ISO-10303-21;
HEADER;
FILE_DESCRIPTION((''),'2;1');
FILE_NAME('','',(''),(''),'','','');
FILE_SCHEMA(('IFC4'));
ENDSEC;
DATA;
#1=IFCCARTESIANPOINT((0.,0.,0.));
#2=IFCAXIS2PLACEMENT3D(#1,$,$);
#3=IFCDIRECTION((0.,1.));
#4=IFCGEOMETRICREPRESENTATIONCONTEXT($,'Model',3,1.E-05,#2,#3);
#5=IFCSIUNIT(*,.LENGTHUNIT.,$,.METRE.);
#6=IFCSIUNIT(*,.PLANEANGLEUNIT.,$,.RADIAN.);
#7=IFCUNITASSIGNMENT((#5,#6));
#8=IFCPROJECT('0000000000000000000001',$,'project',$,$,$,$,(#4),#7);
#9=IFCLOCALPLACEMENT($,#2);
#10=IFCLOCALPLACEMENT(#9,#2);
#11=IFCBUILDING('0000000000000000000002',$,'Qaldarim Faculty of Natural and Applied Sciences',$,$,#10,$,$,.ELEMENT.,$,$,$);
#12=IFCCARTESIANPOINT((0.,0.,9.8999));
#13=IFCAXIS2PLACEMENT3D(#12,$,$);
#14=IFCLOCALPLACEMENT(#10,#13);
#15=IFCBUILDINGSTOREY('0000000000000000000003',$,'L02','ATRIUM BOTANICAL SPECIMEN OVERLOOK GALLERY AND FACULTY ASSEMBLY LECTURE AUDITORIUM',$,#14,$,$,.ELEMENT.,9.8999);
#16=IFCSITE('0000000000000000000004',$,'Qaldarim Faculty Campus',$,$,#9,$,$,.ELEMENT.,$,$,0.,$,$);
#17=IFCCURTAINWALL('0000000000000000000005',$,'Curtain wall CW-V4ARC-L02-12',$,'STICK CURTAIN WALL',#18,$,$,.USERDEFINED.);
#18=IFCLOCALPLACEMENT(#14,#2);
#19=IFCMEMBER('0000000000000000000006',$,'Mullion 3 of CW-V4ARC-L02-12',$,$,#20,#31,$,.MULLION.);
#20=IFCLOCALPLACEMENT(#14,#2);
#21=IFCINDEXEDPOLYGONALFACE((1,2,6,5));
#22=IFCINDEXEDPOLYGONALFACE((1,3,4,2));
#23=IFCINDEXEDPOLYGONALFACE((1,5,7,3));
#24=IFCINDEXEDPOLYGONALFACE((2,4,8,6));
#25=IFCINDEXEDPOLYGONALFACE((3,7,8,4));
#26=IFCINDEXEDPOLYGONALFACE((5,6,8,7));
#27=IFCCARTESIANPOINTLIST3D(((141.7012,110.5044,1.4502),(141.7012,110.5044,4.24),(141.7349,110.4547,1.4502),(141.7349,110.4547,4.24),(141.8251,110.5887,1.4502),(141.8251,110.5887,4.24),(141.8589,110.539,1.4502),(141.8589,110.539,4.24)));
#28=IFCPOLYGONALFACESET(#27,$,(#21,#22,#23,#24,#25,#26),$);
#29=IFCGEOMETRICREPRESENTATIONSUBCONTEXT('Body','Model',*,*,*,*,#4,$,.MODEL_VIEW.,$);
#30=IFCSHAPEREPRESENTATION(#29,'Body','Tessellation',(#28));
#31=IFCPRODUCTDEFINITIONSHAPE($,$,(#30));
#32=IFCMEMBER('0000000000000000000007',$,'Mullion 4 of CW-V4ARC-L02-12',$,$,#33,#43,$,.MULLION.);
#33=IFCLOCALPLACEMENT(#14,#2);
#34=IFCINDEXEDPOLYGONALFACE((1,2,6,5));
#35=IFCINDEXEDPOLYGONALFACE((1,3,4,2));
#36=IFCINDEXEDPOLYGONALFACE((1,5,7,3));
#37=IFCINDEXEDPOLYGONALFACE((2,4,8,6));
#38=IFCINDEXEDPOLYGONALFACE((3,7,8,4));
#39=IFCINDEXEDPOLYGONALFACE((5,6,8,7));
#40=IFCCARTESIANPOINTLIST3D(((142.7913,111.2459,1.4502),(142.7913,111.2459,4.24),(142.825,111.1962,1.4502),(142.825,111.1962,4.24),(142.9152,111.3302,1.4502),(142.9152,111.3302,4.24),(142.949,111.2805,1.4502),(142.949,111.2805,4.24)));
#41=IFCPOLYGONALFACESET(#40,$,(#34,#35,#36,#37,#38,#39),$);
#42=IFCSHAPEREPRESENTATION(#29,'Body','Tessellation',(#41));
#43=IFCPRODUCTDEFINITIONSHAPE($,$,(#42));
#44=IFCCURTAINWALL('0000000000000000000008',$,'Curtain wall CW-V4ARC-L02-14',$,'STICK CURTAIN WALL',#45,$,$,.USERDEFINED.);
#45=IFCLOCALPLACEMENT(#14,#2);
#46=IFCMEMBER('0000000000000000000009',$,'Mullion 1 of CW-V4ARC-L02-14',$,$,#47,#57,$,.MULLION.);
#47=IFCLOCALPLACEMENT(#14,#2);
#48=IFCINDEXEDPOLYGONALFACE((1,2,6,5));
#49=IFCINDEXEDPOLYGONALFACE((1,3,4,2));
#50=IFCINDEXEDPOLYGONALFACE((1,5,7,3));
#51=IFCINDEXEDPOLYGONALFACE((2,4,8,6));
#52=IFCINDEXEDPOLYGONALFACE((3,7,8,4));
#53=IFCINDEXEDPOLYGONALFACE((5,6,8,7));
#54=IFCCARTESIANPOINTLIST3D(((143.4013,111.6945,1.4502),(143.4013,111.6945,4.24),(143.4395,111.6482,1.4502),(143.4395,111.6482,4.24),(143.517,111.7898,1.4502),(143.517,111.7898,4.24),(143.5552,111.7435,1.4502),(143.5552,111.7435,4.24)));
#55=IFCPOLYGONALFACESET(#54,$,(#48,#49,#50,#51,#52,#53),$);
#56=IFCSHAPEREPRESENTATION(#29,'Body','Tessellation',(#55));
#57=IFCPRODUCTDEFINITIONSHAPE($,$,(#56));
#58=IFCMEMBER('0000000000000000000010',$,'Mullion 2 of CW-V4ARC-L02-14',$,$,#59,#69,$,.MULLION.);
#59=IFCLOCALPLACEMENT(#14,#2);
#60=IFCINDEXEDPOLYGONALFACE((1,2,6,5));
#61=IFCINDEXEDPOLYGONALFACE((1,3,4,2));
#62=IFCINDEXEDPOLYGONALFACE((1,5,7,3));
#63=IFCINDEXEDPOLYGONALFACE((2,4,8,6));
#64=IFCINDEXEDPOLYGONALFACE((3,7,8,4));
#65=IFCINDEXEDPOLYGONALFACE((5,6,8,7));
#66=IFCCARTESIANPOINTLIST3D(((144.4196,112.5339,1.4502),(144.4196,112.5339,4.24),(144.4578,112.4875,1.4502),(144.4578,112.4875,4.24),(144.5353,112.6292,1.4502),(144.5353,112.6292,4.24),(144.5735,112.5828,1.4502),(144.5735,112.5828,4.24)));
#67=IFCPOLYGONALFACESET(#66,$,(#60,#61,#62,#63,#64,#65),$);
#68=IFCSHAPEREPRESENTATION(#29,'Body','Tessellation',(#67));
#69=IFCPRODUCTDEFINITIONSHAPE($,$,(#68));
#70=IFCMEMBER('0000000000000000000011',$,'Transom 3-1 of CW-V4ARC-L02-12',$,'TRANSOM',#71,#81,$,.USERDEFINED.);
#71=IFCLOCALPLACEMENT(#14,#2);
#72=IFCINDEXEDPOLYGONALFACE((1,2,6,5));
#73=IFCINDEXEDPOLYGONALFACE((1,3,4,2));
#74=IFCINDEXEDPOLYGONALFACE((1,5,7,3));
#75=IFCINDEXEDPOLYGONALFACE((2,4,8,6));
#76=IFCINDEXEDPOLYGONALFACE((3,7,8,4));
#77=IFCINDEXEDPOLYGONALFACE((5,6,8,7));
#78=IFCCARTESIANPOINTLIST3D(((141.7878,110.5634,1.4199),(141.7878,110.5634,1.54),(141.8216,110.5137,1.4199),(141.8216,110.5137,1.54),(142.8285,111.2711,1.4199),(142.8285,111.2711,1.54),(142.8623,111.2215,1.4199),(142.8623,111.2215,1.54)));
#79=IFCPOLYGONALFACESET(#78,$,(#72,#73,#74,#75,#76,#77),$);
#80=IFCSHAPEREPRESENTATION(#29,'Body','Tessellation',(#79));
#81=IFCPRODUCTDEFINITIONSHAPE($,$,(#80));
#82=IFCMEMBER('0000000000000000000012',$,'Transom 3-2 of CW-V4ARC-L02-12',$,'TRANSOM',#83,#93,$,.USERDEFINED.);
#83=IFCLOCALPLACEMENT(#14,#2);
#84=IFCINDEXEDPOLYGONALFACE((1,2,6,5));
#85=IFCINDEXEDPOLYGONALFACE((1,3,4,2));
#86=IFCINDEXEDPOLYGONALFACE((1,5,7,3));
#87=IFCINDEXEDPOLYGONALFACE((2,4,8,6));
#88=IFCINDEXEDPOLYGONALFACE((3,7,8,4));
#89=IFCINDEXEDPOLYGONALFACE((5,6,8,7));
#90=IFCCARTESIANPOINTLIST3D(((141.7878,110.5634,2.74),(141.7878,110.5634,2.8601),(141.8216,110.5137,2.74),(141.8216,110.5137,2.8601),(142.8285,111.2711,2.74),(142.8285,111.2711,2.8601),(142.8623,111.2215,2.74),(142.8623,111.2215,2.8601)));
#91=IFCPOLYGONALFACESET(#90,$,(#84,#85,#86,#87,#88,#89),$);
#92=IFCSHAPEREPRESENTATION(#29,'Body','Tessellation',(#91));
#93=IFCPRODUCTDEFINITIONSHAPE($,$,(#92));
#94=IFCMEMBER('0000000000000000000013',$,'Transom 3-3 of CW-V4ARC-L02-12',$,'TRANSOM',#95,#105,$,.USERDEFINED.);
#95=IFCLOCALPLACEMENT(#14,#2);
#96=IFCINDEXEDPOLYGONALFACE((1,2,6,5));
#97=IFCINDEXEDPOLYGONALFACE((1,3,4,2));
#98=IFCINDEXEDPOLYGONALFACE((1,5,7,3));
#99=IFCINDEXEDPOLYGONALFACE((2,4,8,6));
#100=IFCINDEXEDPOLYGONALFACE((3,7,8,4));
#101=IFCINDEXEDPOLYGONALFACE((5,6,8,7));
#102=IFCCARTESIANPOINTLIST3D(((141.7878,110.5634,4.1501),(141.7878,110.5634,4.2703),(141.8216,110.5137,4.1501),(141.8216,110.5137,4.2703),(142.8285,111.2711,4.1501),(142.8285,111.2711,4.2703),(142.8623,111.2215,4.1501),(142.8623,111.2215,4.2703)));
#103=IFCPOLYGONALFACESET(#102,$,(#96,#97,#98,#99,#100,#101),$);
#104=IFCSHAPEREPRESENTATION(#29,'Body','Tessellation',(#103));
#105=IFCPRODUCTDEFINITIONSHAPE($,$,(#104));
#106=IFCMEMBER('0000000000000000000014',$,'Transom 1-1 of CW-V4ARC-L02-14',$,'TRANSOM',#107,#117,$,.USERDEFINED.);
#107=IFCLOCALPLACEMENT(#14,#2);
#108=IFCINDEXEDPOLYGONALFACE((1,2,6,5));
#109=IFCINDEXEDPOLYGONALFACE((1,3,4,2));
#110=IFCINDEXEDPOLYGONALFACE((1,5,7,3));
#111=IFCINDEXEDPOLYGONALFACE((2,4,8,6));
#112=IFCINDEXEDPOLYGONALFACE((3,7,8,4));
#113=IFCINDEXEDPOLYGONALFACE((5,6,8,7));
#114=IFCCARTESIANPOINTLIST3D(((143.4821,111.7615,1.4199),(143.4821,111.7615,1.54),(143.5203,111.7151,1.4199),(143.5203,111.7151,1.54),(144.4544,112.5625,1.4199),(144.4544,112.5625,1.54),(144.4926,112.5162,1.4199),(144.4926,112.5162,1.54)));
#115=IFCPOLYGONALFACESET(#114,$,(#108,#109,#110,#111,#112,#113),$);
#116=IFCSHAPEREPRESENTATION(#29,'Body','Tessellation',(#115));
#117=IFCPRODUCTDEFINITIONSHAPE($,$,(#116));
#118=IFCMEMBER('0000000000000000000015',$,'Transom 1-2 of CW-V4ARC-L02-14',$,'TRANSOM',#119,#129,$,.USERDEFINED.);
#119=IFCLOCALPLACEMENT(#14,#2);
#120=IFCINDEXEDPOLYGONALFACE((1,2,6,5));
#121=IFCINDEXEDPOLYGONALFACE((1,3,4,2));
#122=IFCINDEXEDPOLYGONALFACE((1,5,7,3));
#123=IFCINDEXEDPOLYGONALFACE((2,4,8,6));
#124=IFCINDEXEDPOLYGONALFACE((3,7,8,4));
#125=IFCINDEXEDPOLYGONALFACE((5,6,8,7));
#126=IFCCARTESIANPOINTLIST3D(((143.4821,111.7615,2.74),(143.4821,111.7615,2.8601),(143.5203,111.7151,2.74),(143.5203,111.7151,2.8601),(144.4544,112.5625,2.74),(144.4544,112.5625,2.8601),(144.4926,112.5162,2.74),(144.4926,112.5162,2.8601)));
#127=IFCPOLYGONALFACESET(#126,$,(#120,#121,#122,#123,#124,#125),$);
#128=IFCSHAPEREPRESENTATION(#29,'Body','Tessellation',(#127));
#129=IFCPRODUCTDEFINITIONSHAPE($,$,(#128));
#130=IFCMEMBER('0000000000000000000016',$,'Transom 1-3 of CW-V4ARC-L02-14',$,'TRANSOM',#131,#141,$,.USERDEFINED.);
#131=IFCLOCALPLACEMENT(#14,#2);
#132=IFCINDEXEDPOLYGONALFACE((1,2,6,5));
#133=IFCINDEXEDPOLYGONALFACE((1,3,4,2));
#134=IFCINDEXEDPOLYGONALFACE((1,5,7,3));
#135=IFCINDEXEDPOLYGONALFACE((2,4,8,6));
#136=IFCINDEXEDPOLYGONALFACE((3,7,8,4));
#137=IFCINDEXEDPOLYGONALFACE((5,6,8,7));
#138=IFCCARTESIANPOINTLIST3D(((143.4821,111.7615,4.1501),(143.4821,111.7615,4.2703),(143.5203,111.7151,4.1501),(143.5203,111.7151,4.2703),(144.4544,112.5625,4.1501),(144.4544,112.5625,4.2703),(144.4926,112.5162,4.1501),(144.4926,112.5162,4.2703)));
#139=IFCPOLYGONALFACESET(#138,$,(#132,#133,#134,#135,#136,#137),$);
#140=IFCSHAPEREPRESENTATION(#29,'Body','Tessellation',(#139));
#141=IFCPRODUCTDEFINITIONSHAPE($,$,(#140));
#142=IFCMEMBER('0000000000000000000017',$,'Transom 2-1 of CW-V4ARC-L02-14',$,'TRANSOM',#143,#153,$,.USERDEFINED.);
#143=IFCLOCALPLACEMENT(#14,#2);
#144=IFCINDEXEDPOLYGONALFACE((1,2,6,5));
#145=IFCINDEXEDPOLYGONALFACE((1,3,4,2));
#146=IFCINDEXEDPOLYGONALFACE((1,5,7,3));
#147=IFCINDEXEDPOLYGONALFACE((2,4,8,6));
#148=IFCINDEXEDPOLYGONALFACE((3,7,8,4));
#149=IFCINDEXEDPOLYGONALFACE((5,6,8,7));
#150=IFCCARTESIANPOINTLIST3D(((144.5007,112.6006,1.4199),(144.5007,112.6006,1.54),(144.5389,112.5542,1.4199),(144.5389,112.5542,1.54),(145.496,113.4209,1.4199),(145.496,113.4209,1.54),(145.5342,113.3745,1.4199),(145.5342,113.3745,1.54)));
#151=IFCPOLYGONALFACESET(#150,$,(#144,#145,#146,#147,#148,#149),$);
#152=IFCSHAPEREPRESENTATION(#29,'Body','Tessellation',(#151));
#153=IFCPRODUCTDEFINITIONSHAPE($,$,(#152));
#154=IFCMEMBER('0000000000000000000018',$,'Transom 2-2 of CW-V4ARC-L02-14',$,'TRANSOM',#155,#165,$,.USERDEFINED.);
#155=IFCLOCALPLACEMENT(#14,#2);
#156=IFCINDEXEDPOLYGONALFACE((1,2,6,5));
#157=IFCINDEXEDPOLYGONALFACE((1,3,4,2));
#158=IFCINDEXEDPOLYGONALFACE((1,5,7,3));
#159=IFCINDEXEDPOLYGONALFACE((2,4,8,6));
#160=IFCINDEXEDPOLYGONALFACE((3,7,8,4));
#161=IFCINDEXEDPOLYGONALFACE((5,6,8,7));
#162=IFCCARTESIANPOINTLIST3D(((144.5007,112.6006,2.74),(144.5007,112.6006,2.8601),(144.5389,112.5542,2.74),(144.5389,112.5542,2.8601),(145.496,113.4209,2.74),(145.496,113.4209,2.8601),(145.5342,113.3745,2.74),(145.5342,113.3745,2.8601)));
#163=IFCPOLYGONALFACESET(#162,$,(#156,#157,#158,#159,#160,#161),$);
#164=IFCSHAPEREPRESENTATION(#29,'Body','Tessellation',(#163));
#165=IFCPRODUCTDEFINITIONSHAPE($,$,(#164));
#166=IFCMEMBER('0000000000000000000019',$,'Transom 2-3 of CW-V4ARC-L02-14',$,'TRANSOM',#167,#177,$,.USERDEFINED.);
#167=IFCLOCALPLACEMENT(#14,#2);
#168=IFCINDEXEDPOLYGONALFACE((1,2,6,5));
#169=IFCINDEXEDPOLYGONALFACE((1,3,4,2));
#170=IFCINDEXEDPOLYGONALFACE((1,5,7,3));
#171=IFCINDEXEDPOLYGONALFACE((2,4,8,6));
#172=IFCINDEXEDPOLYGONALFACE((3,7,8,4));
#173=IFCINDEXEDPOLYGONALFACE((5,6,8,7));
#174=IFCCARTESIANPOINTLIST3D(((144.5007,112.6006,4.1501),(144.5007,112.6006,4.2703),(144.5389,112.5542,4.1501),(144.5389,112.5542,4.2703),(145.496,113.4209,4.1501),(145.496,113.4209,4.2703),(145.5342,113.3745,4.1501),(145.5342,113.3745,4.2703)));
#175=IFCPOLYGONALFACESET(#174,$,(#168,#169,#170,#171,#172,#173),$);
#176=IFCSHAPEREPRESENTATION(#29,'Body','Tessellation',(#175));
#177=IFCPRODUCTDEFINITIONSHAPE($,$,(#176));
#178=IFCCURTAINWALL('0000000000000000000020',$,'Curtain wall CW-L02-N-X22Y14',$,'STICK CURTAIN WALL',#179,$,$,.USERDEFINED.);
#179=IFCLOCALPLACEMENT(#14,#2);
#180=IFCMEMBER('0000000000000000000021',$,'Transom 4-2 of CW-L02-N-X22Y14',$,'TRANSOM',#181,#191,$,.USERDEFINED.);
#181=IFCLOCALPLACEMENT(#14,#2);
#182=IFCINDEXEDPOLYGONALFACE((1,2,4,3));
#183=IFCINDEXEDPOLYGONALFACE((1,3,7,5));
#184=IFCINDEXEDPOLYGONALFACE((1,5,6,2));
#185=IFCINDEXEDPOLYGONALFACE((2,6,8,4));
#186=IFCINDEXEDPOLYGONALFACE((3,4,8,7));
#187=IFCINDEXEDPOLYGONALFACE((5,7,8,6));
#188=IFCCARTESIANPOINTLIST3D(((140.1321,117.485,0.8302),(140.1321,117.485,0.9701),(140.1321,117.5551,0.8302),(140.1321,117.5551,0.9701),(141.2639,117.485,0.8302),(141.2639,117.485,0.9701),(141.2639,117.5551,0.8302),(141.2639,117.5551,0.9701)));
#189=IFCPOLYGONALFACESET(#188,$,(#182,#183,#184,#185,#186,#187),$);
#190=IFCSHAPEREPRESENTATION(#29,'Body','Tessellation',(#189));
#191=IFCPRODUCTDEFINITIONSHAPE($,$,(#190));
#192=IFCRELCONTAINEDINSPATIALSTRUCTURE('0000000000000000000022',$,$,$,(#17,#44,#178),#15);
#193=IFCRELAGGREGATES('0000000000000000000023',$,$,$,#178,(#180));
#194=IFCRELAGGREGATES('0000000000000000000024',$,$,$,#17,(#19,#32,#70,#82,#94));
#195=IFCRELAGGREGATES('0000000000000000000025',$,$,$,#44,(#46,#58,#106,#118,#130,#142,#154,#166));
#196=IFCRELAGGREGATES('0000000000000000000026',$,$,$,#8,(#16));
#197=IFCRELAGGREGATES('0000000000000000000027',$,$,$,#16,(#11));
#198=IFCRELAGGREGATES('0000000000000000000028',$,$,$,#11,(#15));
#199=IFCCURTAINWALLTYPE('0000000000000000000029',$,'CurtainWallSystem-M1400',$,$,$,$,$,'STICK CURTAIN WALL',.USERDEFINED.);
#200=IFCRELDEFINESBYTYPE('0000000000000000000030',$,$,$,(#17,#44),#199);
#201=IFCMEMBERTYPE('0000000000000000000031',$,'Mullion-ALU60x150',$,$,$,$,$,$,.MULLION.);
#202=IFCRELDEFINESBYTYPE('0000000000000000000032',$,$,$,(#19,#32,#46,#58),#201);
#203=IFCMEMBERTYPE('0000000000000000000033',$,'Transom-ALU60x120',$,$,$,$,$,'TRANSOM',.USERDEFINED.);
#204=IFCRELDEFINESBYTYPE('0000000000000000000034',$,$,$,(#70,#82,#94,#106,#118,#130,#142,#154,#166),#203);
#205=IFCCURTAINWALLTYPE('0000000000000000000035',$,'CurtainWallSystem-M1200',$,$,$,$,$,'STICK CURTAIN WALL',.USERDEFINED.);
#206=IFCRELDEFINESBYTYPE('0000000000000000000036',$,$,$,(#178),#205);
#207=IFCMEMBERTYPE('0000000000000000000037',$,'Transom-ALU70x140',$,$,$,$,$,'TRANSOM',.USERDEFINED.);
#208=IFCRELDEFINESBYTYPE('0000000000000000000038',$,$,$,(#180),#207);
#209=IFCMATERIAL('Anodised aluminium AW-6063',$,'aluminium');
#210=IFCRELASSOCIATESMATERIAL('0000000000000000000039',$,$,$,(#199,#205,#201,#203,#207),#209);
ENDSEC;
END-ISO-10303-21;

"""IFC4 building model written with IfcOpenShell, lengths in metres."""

from ifc_helpers import new_model, si_unit, direction, frame, origin, origin_2d, place, context, subcontext, project, spatial, rectangle, extrude, material, material_profile, profile_set, type_object, element, aggregate, save


model = new_model("IFC4")

# Units and contexts
model_context = context("Model", 3, precision=1e-05, world=origin(), true_north=direction((0.0, 1.0)))
body_context = subcontext(model_context, "Body", "Model", "MODEL_VIEW")
ifc_project = project(units=[si_unit("LENGTHUNIT", "METRE"), si_unit("PLANEANGLEUNIT", "RADIAN")], contexts=[model_context])

# Site, building, storey
site_placement = place(None, origin())
site = spatial("IfcSite", under=ifc_project, at=site_placement, Name="Qaldarim Faculty Campus", CompositionType="ELEMENT", RefElevation=0.0)
building_placement = place(site_placement, origin())
building = spatial("IfcBuilding", under=site, at=building_placement, Name="Qaldarim Faculty of Natural and Applied Sciences", CompositionType="ELEMENT")
storey_placement = place(building_placement, frame((0.0, 0.0, 9.8999)))
storey = spatial("IfcBuildingStorey", under=building, at=storey_placement, Name="L02", Description="ATRIUM BOTANICAL SPECIMEN OVERLOOK GALLERY AND FACULTY ASSEMBLY LECTURE AUDITORIUM", CompositionType="ELEMENT", Elevation=9.8999)

# Curtain walls, members
ifc_material_1 = material(Name="Anodised aluminium AW-6063", Category="aluminium")
curtain_wall_type_1 = type_object("IfcCurtainWallType", Name="CurtainWallSystem-M1400", ElementType="STICK CURTAIN WALL", PredefinedType="USERDEFINED", material=ifc_material_1)
curtain_wall_1_placement = place(storey_placement, origin())
curtain_wall_1 = element("IfcCurtainWall", 1, at=curtain_wall_1_placement, inside=storey, type_object=curtain_wall_type_1, Name="Curtain wall CW-V4ARC-L02-12", ObjectType="STICK CURTAIN WALL", PredefinedType="USERDEFINED")
ifc_material_profile_1 = material_profile(ifc_material_1, rectangle(XDim=0.0601, YDim=0.1499, at=origin_2d()), Name="ALU-M60x150")
ifc_profile_set_1 = profile_set([ifc_material_profile_1], Name="Anodised aluminium AW-6063")
member_type_1 = type_object("IfcMemberType", Name="Mullion-ALU60x150", PredefinedType="MULLION", material=ifc_profile_set_1)
member_1_placement = place(storey_placement, frame((141.78, 110.5217, 1.4502), z_axis=(0.0, 0.0, 1.0), x_axis=(-0.562372, 0.826884, 0.0)))
member_1 = element("IfcMember", 2, at=member_1_placement, type_object=member_type_1, Name="Mullion 3 of CW-V4ARC-L02-12", PredefinedType="MULLION", context=body_context, shape_type="SweptSolid", body=[
    extrude(rectangle(XDim=0.0601, YDim=0.1499, at=origin_2d()), origin(), (0.0, 0.0, 1.0), 2.7898),
])
member_2_placement = place(storey_placement, frame((142.8701, 111.2632, 1.4502), z_axis=(0.0, 0.0, 1.0), x_axis=(-0.562372, 0.826884, 0.0)))
member_2 = element("IfcMember", 3, at=member_2_placement, type_object=member_type_1, Name="Mullion 4 of CW-V4ARC-L02-12", PredefinedType="MULLION", context=body_context, shape_type="SweptSolid", body=[
    extrude(rectangle(XDim=0.0601, YDim=0.1499, at=origin_2d()), origin(), (0.0, 0.0, 1.0), 2.7898),
])
curtain_wall_2_placement = place(storey_placement, origin())
curtain_wall_2 = element("IfcCurtainWall", 4, at=curtain_wall_2_placement, inside=storey, type_object=curtain_wall_type_1, Name="Curtain wall CW-V4ARC-L02-14", ObjectType="STICK CURTAIN WALL", PredefinedType="USERDEFINED")
member_3_placement = place(storey_placement, frame((143.4783, 111.719, 1.4502), z_axis=(0.0, 0.0, 1.0), x_axis=(-0.63593, 0.771747, 0.0)))
member_3 = element("IfcMember", 5, at=member_3_placement, type_object=member_type_1, Name="Mullion 1 of CW-V4ARC-L02-14", PredefinedType="MULLION", context=body_context, shape_type="SweptSolid", body=[
    extrude(rectangle(XDim=0.0601, YDim=0.1499, at=origin_2d()), origin(), (0.0, 0.0, 1.0), 2.7898),
])
member_4_placement = place(storey_placement, frame((144.4966, 112.5583, 1.4502), z_axis=(0.0, 0.0, 1.0), x_axis=(-0.63593, 0.771747, 0.0)))
member_4 = element("IfcMember", 6, at=member_4_placement, type_object=member_type_1, Name="Mullion 2 of CW-V4ARC-L02-14", PredefinedType="MULLION", context=body_context, shape_type="SweptSolid", body=[
    extrude(rectangle(XDim=0.0601, YDim=0.1499, at=origin_2d()), origin(), (0.0, 0.0, 1.0), 2.7898),
])

# Members
ifc_material_profile_2 = material_profile(ifc_material_1, rectangle(XDim=0.0601, YDim=0.1201, at=origin_2d()), Name="ALU-T60x120")
ifc_profile_set_2 = profile_set([ifc_material_profile_2], Name="Anodised aluminium AW-6063")
member_type_2 = type_object("IfcMemberType", Name="Transom-ALU60x120", ElementType="TRANSOM", PredefinedType="USERDEFINED", material=ifc_profile_set_2)
member_5_placement = place(storey_placement, frame((141.8047, 110.5386, 1.48), z_axis=(0.826912, 0.562331, 0.0), x_axis=(-0.562331, 0.826912, 0.0)))
member_5 = element("IfcMember", 7, at=member_5_placement, type_object=member_type_2, Name="Transom 3-1 of CW-V4ARC-L02-12", ObjectType="TRANSOM", PredefinedType="USERDEFINED", context=body_context, shape_type="SweptSolid", body=[
    extrude(rectangle(XDim=0.0601, YDim=0.1201, at=origin_2d()), origin(), (0.0, 0.0, 1.0), 1.2585),
])
member_6_placement = place(storey_placement, frame((141.8047, 110.5386, 2.8), z_axis=(0.826912, 0.562331, 0.0), x_axis=(-0.562331, 0.826912, 0.0)))
member_6 = element("IfcMember", 8, at=member_6_placement, type_object=member_type_2, Name="Transom 3-2 of CW-V4ARC-L02-12", ObjectType="TRANSOM", PredefinedType="USERDEFINED", context=body_context, shape_type="SweptSolid", body=[
    extrude(rectangle(XDim=0.0601, YDim=0.1201, at=origin_2d()), origin(), (0.0, 0.0, 1.0), 1.2585),
])
member_7_placement = place(storey_placement, frame((141.8047, 110.5386, 4.2102), z_axis=(0.826912, 0.562331, 0.0), x_axis=(-0.562331, 0.826912, 0.0)))
member_7 = element("IfcMember", 9, at=member_7_placement, type_object=member_type_2, Name="Transom 3-3 of CW-V4ARC-L02-12", ObjectType="TRANSOM", PredefinedType="USERDEFINED", context=body_context, shape_type="SweptSolid", body=[
    extrude(rectangle(XDim=0.0601, YDim=0.1201, at=origin_2d()), origin(), (0.0, 0.0, 1.0), 1.2585),
])
member_8_placement = place(storey_placement, frame((143.5012, 111.7383, 1.48), z_axis=(0.771768, 0.635904, 0.0), x_axis=(-0.635904, 0.771768, 0.0)))
member_8 = element("IfcMember", 10, at=member_8_placement, type_object=member_type_2, Name="Transom 1-1 of CW-V4ARC-L02-14", ObjectType="TRANSOM", PredefinedType="USERDEFINED", context=body_context, shape_type="SweptSolid", body=[
    extrude(rectangle(XDim=0.0601, YDim=0.1201, at=origin_2d()), origin(), (0.0, 0.0, 1.0), 1.2598),
])
member_9_placement = place(storey_placement, frame((143.5012, 111.7383, 2.8), z_axis=(0.771768, 0.635904, 0.0), x_axis=(-0.635904, 0.771768, 0.0)))
member_9 = element("IfcMember", 11, at=member_9_placement, type_object=member_type_2, Name="Transom 1-2 of CW-V4ARC-L02-14", ObjectType="TRANSOM", PredefinedType="USERDEFINED", context=body_context, shape_type="SweptSolid", body=[
    extrude(rectangle(XDim=0.0601, YDim=0.1201, at=origin_2d()), origin(), (0.0, 0.0, 1.0), 1.2598),
])
member_10_placement = place(storey_placement, frame((143.5012, 111.7383, 4.2102), z_axis=(0.771768, 0.635904, 0.0), x_axis=(-0.635904, 0.771768, 0.0)))
member_10 = element("IfcMember", 12, at=member_10_placement, type_object=member_type_2, Name="Transom 1-3 of CW-V4ARC-L02-14", ObjectType="TRANSOM", PredefinedType="USERDEFINED", context=body_context, shape_type="SweptSolid", body=[
    extrude(rectangle(XDim=0.0601, YDim=0.1201, at=origin_2d()), origin(), (0.0, 0.0, 1.0), 1.2598),
])
member_11_placement = place(storey_placement, frame((144.5198, 112.5774, 1.48), z_axis=(0.771701, 0.635986, 0.0), x_axis=(-0.635986, 0.771701, 0.0)))
member_11 = element("IfcMember", 13, at=member_11_placement, type_object=member_type_2, Name="Transom 2-1 of CW-V4ARC-L02-14", ObjectType="TRANSOM", PredefinedType="USERDEFINED", context=body_context, shape_type="SweptSolid", body=[
    extrude(rectangle(XDim=0.0601, YDim=0.1201, at=origin_2d()), origin(), (0.0, 0.0, 1.0), 1.2898),
])
member_12_placement = place(storey_placement, frame((144.5198, 112.5774, 2.8), z_axis=(0.771701, 0.635986, 0.0), x_axis=(-0.635986, 0.771701, 0.0)))
member_12 = element("IfcMember", 14, at=member_12_placement, type_object=member_type_2, Name="Transom 2-2 of CW-V4ARC-L02-14", ObjectType="TRANSOM", PredefinedType="USERDEFINED", context=body_context, shape_type="SweptSolid", body=[
    extrude(rectangle(XDim=0.0601, YDim=0.1201, at=origin_2d()), origin(), (0.0, 0.0, 1.0), 1.2898),
])
member_13_placement = place(storey_placement, frame((144.5198, 112.5774, 4.2102), z_axis=(0.771701, 0.635986, 0.0), x_axis=(-0.635986, 0.771701, 0.0)))
member_13 = element("IfcMember", 15, at=member_13_placement, type_object=member_type_2, Name="Transom 2-3 of CW-V4ARC-L02-14", ObjectType="TRANSOM", PredefinedType="USERDEFINED", context=body_context, shape_type="SweptSolid", body=[
    extrude(rectangle(XDim=0.0601, YDim=0.1201, at=origin_2d()), origin(), (0.0, 0.0, 1.0), 1.2898),
])

# Curtain wall, member
curtain_wall_type_2 = type_object("IfcCurtainWallType", Name="CurtainWallSystem-M1200", ElementType="STICK CURTAIN WALL", PredefinedType="USERDEFINED", material=ifc_material_1)
curtain_wall_3_placement = place(storey_placement, origin())
curtain_wall_3 = element("IfcCurtainWall", 16, at=curtain_wall_3_placement, inside=storey, type_object=curtain_wall_type_2, Name="Curtain wall CW-L02-N-X22Y14", ObjectType="STICK CURTAIN WALL", PredefinedType="USERDEFINED")
ifc_material_profile_3 = material_profile(ifc_material_1, rectangle(XDim=0.0701, YDim=0.1399, at=origin_2d()), Name="ALU-T70x140")
ifc_profile_set_3 = profile_set([ifc_material_profile_3], Name="Anodised aluminium AW-6063")
member_type_3 = type_object("IfcMemberType", Name="Transom-ALU70x140", ElementType="TRANSOM", PredefinedType="USERDEFINED", material=ifc_profile_set_3)
member_14_placement = place(storey_placement, frame((141.2639, 117.52, 0.9001), z_axis=(-1.0, 0.0, 0.0), x_axis=(0.0, -1.0, 0.0)))
member_14 = element("IfcMember", 17, at=member_14_placement, type_object=member_type_3, Name="Transom 4-2 of CW-L02-N-X22Y14", ObjectType="TRANSOM", PredefinedType="USERDEFINED", context=body_context, shape_type="SweptSolid", body=[
    extrude(rectangle(XDim=0.0701, YDim=0.1399, at=origin_2d()), origin(), (0.0, 0.0, 1.0), 1.1318),
])
aggregate(curtain_wall_3, [member_14])

aggregate(curtain_wall_1, [member_1, member_2, member_5, member_6, member_7])
aggregate(curtain_wall_2, [member_3, member_4, member_8, member_9, member_10, member_11, member_12, member_13])

save(model, "model.ifc")
